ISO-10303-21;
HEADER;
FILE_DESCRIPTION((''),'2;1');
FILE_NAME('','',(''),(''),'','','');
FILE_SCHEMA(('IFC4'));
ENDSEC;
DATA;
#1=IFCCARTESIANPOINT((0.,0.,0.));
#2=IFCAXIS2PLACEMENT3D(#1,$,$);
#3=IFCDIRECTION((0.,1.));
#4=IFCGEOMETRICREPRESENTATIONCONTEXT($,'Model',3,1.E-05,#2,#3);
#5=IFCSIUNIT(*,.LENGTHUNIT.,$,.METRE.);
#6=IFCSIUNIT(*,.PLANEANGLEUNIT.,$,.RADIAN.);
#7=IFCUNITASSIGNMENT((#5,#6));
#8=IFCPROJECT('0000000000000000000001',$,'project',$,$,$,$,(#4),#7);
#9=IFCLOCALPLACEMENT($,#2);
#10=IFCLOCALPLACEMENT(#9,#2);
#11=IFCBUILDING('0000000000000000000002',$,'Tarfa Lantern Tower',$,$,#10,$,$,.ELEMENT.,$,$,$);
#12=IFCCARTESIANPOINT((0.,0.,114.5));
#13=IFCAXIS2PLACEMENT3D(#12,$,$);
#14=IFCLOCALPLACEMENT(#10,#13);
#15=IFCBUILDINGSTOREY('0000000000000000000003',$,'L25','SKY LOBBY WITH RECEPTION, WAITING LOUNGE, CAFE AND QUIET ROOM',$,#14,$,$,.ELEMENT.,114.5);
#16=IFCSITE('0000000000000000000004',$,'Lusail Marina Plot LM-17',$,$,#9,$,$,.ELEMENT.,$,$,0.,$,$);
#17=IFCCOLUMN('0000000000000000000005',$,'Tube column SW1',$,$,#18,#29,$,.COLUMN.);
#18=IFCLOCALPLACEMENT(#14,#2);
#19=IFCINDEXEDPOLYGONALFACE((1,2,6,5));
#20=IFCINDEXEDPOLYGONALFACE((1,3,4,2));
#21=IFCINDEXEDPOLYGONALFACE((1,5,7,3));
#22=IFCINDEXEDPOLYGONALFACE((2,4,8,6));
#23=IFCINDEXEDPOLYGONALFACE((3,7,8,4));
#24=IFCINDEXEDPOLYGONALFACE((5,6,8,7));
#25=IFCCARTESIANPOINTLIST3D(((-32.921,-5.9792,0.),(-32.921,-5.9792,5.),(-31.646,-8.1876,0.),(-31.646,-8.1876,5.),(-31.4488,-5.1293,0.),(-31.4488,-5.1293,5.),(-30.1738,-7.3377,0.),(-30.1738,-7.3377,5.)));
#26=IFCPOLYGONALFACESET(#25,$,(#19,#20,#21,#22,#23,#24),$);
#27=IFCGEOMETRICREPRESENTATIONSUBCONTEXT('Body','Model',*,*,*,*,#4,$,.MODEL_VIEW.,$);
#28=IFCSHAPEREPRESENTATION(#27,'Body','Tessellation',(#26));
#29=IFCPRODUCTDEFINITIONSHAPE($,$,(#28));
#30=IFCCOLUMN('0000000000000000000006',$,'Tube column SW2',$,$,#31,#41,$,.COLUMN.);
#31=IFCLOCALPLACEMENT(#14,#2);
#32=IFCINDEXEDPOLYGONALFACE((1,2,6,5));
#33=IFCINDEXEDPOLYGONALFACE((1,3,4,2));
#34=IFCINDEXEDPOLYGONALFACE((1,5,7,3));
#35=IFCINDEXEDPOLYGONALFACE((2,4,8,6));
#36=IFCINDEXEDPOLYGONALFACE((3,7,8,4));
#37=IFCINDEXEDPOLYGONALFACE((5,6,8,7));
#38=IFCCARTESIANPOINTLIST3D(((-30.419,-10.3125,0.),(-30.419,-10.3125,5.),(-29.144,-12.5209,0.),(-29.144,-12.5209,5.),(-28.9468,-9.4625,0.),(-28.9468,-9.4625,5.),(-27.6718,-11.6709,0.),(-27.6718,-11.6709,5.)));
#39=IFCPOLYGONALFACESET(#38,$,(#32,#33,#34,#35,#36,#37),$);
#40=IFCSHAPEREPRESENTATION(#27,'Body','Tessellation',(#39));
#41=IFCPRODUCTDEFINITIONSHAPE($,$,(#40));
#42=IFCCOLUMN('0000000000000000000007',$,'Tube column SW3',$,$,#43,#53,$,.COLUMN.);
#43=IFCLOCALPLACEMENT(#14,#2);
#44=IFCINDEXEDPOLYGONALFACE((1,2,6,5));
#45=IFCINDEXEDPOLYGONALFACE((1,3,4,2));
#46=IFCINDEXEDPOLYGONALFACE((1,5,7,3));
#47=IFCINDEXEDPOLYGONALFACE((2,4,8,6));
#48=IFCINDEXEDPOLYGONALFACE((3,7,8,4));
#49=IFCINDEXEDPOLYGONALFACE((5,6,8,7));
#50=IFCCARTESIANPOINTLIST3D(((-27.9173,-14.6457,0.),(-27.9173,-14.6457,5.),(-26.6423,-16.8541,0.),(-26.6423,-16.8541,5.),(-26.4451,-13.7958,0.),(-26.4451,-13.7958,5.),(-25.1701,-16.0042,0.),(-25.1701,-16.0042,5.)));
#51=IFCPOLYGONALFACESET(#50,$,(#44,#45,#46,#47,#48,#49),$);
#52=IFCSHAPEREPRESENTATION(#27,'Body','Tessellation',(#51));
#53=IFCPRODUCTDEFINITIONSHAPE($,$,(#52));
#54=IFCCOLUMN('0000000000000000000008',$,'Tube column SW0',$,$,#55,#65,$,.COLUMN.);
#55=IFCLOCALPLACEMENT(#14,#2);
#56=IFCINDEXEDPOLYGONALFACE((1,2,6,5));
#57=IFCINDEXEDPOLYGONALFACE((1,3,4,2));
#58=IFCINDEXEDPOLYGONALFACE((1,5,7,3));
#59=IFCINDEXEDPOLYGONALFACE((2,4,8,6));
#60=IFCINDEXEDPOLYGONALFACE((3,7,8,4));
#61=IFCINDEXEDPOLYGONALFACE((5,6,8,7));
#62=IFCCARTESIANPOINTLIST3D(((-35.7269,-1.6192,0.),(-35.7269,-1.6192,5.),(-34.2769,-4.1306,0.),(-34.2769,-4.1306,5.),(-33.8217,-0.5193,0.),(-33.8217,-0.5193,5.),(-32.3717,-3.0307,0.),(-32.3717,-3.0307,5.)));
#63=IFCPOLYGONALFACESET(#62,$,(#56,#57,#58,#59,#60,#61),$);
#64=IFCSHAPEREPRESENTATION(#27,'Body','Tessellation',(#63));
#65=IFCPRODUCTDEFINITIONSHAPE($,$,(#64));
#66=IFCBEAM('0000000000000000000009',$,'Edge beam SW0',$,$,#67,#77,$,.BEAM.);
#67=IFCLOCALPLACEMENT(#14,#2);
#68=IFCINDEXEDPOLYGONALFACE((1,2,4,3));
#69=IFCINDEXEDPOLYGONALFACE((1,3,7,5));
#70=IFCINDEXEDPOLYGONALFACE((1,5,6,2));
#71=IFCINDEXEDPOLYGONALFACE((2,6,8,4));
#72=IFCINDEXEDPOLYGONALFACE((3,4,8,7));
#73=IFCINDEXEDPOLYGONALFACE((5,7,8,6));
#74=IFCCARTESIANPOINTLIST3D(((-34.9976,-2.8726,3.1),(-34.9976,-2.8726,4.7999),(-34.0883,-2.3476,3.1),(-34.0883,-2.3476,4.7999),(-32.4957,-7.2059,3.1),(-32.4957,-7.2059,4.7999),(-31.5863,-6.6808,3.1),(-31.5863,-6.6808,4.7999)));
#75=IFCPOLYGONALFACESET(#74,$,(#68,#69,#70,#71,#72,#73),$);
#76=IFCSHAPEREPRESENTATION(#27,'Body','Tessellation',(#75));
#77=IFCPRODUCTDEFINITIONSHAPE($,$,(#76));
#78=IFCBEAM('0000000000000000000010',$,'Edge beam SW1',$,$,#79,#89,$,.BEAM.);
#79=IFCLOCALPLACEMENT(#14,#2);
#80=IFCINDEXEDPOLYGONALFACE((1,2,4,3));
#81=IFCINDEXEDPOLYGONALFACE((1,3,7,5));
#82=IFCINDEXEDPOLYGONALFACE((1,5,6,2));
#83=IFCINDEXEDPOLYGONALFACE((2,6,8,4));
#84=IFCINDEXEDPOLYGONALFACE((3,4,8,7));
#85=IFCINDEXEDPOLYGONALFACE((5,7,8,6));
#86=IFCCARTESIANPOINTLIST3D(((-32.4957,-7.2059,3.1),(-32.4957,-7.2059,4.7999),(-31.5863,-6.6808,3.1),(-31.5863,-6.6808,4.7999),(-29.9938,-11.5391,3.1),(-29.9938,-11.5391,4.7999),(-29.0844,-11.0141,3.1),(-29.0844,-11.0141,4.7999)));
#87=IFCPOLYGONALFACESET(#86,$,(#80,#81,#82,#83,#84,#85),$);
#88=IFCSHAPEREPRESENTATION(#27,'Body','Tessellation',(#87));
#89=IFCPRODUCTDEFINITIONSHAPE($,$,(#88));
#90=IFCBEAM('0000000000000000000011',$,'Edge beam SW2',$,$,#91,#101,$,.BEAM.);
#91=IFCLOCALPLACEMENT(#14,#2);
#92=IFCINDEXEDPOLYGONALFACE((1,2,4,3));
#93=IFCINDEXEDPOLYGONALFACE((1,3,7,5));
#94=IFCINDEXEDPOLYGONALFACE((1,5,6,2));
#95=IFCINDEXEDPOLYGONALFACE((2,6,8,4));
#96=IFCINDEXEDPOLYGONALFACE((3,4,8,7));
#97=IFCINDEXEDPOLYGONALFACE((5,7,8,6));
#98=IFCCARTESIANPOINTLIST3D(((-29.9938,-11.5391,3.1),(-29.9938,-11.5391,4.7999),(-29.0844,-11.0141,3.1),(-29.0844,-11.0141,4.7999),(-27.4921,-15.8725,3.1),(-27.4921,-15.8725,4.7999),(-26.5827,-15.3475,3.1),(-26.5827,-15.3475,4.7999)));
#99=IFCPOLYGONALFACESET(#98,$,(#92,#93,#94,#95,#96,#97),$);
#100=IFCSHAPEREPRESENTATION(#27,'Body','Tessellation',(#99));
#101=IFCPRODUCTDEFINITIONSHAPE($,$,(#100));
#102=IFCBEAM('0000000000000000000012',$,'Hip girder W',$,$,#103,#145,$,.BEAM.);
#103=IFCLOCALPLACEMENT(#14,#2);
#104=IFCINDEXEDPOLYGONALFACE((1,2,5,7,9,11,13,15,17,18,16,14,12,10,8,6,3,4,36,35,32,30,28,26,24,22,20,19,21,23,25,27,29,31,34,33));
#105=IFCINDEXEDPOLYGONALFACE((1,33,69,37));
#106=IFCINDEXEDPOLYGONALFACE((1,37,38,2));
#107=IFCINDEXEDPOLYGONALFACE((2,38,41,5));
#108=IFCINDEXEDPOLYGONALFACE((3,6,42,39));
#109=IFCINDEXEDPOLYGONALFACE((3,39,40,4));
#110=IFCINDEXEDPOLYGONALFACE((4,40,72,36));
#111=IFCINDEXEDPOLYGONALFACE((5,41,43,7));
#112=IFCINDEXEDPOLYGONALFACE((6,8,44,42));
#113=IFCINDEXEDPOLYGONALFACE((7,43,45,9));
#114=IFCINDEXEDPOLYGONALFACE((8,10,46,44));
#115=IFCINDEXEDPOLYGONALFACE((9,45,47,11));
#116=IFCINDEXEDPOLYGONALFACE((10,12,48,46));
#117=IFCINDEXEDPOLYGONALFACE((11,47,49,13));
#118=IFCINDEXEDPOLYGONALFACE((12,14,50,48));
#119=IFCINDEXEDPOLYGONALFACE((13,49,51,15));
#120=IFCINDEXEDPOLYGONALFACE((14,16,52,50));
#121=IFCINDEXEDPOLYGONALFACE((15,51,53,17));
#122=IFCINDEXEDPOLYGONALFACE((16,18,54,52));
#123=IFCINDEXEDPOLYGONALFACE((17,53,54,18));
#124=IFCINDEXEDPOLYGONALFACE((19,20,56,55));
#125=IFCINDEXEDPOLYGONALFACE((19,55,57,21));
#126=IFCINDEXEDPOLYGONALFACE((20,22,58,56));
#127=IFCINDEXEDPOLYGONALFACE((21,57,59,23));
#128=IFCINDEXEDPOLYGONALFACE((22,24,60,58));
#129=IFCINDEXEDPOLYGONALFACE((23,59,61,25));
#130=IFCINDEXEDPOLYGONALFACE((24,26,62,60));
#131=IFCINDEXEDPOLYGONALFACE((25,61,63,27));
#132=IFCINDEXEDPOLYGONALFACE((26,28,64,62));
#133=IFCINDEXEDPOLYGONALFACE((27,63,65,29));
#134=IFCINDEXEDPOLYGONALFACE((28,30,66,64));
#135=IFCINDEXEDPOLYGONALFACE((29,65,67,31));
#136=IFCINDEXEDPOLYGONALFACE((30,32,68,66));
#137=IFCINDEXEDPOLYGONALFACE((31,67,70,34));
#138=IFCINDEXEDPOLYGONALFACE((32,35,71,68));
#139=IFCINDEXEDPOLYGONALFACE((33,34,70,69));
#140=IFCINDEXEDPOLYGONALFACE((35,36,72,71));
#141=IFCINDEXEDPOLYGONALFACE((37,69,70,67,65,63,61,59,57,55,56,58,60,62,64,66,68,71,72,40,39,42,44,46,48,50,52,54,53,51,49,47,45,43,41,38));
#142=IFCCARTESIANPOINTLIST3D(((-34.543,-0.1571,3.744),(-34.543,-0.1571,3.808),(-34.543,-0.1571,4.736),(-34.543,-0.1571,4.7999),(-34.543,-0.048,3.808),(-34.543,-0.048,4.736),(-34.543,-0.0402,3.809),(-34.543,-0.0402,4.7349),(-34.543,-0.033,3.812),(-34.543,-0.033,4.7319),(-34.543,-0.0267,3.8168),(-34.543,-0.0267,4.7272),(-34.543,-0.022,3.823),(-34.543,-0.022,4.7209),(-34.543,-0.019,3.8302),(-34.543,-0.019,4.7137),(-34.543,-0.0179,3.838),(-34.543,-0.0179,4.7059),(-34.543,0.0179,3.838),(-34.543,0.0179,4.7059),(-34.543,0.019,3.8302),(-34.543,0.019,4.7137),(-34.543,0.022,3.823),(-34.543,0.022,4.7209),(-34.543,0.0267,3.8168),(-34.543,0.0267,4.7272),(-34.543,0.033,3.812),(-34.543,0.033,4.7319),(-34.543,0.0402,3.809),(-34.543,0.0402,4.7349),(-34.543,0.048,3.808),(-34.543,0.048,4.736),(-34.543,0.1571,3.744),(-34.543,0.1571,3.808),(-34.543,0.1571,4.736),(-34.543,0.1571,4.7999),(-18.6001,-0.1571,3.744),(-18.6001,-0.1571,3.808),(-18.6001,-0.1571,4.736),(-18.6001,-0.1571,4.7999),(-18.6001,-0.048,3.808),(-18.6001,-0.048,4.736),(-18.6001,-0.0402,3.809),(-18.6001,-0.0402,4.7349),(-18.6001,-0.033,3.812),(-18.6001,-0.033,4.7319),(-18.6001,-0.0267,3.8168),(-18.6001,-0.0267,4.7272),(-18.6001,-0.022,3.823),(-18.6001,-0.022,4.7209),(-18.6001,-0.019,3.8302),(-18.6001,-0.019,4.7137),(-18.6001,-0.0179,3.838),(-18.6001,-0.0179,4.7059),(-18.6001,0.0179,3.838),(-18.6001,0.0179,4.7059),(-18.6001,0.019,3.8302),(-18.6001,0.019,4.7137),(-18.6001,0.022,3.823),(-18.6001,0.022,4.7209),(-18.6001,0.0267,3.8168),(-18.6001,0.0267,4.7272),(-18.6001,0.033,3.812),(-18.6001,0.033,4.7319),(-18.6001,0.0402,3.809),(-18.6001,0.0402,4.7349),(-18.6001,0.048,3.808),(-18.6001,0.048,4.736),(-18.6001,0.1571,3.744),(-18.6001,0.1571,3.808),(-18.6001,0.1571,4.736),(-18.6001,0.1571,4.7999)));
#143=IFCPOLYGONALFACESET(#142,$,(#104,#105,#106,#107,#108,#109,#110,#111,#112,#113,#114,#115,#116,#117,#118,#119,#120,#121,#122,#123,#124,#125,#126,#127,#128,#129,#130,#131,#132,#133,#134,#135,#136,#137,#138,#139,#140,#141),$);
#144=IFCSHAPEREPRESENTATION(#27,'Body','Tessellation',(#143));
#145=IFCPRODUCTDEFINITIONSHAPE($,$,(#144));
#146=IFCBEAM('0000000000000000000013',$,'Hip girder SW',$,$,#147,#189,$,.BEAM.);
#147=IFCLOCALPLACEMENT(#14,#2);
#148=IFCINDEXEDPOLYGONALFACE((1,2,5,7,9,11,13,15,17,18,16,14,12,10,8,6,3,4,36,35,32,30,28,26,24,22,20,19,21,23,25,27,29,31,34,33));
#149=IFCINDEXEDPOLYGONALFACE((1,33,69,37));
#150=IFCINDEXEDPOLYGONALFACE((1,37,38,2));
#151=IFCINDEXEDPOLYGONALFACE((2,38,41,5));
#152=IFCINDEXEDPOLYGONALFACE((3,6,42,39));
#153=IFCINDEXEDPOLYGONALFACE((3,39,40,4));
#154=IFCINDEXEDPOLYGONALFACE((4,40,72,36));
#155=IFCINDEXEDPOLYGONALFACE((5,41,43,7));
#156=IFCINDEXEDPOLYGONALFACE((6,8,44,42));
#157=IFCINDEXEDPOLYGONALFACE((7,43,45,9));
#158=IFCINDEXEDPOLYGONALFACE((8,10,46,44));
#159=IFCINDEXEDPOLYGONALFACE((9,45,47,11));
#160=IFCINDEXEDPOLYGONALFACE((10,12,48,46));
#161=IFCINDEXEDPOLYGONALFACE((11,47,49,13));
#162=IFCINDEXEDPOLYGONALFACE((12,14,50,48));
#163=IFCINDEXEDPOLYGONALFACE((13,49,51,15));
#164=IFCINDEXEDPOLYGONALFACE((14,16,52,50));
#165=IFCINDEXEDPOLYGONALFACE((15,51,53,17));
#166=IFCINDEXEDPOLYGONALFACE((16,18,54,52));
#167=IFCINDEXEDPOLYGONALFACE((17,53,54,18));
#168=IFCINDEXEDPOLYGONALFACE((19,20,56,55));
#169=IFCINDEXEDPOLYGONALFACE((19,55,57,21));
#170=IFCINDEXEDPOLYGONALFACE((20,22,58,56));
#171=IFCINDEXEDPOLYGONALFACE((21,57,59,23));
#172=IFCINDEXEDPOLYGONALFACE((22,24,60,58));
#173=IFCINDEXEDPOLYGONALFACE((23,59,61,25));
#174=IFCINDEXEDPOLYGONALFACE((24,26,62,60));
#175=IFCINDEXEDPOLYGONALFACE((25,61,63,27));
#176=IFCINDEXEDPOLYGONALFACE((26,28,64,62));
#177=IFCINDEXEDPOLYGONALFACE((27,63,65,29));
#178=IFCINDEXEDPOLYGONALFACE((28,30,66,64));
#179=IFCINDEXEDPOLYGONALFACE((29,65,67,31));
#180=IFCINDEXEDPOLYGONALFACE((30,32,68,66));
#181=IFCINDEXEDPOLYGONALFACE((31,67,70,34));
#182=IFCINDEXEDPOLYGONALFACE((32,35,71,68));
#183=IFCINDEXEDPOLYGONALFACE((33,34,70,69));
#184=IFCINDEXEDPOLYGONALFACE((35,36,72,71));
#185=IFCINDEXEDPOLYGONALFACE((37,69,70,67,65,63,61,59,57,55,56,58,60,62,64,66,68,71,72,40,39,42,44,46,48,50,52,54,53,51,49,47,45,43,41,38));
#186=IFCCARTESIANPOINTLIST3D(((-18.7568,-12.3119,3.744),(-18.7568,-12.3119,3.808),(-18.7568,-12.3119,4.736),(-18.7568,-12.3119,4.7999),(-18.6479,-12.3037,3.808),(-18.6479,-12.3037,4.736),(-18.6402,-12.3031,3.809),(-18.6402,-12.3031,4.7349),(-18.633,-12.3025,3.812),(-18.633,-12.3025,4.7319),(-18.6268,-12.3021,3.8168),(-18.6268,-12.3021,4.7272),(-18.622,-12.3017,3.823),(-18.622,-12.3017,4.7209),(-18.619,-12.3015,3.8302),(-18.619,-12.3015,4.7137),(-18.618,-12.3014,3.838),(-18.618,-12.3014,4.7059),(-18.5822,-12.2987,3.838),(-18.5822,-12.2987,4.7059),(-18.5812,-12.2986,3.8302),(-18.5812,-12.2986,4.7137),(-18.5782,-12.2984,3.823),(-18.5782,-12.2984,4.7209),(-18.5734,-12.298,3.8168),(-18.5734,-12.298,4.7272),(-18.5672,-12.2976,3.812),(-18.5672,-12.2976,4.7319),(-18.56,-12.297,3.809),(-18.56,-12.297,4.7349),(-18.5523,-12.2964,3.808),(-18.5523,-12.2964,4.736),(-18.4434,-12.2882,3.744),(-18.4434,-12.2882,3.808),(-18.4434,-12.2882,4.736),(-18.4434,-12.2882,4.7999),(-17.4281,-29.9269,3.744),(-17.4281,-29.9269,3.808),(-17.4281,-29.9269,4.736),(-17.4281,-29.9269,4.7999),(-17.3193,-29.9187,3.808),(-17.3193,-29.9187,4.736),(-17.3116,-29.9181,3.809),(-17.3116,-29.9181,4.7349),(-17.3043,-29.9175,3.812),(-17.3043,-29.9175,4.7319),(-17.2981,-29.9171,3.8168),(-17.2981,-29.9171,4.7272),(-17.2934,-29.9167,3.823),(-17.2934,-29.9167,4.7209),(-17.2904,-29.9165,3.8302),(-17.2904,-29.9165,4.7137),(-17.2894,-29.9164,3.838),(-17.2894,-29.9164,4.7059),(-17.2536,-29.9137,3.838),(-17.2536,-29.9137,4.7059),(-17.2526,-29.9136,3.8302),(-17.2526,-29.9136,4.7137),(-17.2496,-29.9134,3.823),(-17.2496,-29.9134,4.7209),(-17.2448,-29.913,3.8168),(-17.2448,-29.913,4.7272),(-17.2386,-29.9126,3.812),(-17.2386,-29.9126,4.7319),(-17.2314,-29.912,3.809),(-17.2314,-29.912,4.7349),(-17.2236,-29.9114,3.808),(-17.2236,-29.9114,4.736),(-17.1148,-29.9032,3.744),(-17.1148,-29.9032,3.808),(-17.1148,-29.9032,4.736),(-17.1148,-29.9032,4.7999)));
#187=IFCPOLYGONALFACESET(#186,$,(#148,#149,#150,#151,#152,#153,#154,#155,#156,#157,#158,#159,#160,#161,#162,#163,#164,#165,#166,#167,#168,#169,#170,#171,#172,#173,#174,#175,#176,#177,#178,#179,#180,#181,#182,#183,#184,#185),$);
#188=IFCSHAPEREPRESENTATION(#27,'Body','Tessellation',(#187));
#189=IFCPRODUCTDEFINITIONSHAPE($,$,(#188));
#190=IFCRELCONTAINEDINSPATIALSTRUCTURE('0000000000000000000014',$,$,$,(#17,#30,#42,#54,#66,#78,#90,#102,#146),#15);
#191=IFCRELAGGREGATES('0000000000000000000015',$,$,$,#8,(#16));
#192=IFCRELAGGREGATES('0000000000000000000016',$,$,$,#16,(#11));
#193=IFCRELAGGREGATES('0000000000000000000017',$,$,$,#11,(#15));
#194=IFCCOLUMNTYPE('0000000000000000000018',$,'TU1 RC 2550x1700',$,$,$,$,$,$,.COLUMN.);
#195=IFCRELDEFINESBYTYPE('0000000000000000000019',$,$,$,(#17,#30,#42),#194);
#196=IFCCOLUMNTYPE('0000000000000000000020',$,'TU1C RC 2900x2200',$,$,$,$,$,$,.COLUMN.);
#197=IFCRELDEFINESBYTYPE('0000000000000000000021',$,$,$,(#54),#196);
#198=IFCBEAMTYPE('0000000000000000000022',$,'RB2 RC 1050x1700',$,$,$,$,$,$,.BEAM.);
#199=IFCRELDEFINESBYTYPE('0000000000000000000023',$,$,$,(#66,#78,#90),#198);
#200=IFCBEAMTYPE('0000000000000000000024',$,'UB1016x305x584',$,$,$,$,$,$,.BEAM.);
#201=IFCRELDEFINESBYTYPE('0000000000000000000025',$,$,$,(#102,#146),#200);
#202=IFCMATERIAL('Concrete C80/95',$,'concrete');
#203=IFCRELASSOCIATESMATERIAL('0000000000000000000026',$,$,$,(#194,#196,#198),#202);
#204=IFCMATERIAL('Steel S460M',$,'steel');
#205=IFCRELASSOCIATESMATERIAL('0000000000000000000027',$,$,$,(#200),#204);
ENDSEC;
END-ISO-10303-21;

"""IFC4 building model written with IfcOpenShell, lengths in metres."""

from ifc_helpers import new_model, si_unit, direction, frame, origin, origin_2d, place, context, subcontext, project, spatial, rectangle, i_section, extrude, material, material_profile, profile_set, type_object, element, save


model = new_model("IFC4")

# Units and contexts
model_context = context("Model", 3, precision=1e-05, world=origin(), true_north=direction((0.0, 1.0)))
body_context = subcontext(model_context, "Body", "Model", "MODEL_VIEW")
ifc_project = project(units=[si_unit("LENGTHUNIT", "METRE"), si_unit("PLANEANGLEUNIT", "RADIAN")], contexts=[model_context])

# Site, building, storey
site_placement = place(None, origin())
site = spatial("IfcSite", under=ifc_project, at=site_placement, Name="Lusail Marina Plot LM-17", CompositionType="ELEMENT", RefElevation=0.0)
building_placement = place(site_placement, origin())
building = spatial("IfcBuilding", under=site, at=building_placement, Name="Tarfa Lantern Tower", CompositionType="ELEMENT")
storey_placement = place(building_placement, frame((0.0, 0.0, 114.5)))
storey = spatial("IfcBuildingStorey", under=building, at=storey_placement, Name="L25", Description="SKY LOBBY WITH RECEPTION, WAITING LOUNGE, CAFE AND QUIET ROOM", CompositionType="ELEMENT", Elevation=114.5)

# Columns
ifc_material_1 = material(Name="Concrete C80/95", Category="concrete")
ifc_material_profile_1 = material_profile(ifc_material_1, rectangle(XDim=2.55, YDim=1.7, at=origin_2d()), Name="RC 2550x1700")
ifc_profile_set_1 = profile_set([ifc_material_profile_1], Name="Concrete C80/95")
column_type_1 = type_object("IfcColumnType", Name="TU1 RC 2550x1700", PredefinedType="COLUMN", material=ifc_profile_set_1)
for number, where, z_axis, x_axis, name in (
    (1, (-31.5474, -6.6584, 0.0), (0.0, 0.0, 1.0), (0.5, -0.866025, 0.0), "Tube column SW1"),
    (2, (-29.0454, -10.9917, 0.0), (0.0, 0.0, 1.0), (0.5, -0.866025, 0.0), "Tube column SW2"),
    (3, (-26.5437, -15.325, 0.0), (0.0, 0.0, 1.0), (0.5, -0.866025, 0.0), "Tube column SW3"),
):
    element("IfcColumn", number, at=place(storey_placement, frame(where, z_axis=z_axis, x_axis=x_axis)), inside=storey, type_object=column_type_1, Name=name, PredefinedType="COLUMN", context=body_context, shape_type="SweptSolid", body=[
        extrude(rectangle(XDim=2.55, YDim=1.7, at=origin_2d()), origin(), (0.0, 0.0, 1.0), 5.0),
    ])
ifc_material_profile_2 = material_profile(ifc_material_1, rectangle(XDim=2.8999, YDim=2.2, at=origin_2d()), Name="RC 2900x2200")
ifc_profile_set_2 = profile_set([ifc_material_profile_2], Name="Concrete C80/95")
column_type_2 = type_object("IfcColumnType", Name="TU1C RC 2900x2200", PredefinedType="COLUMN", material=ifc_profile_set_2)
column_placement = place(storey_placement, frame((-34.0493, -2.325, 0.0), z_axis=(0.0, 0.0, 1.0), x_axis=(0.5, -0.866025, 0.0)))
element("IfcColumn", 4, at=column_placement, inside=storey, type_object=column_type_2, Name="Tube column SW0", PredefinedType="COLUMN", context=body_context, shape_type="SweptSolid", body=[
    extrude(rectangle(XDim=2.8999, YDim=2.2, at=origin_2d()), origin(), (0.0, 0.0, 1.0), 5.0),
])

# Beams
ifc_material_profile_3 = material_profile(ifc_material_1, rectangle(XDim=1.05, YDim=1.7, at=origin_2d()), Name="RC 1050x1700")
ifc_profile_set_3 = profile_set([ifc_material_profile_3], Name="Concrete C80/95")
beam_type_1 = type_object("IfcBeamType", Name="RB2 RC 1050x1700", PredefinedType="BEAM", material=ifc_profile_set_3)
for number, where, z_axis, x_axis, name in (
    (5, (-34.543, -2.6101, 3.95), (0.500022, -0.866013, 0.0), (0.866013, 0.500022, 0.0), "Edge beam SW0"),
    (6, (-32.041, -6.9434, 3.95), (0.500022, -0.866013, 0.0), (0.866013, 0.500022, 0.0), "Edge beam SW1"),
    (7, (-29.5391, -11.2766, 3.95), (0.499965, -0.866046, 0.0), (0.866046, 0.499965, 0.0), "Edge beam SW2"),
):
    element("IfcBeam", number, at=place(storey_placement, frame(where, z_axis=z_axis, x_axis=x_axis)), inside=storey, type_object=beam_type_1, Name=name, PredefinedType="BEAM", context=body_context, shape_type="SweptSolid", body=[
        extrude(rectangle(XDim=1.05, YDim=1.7, at=origin_2d()), origin(), (0.0, 0.0, 1.0), 5.0037),
    ])
ifc_material_2 = material(Name="Steel S460M", Category="steel")
ifc_material_profile_4 = material_profile(ifc_material_2, i_section(OverallWidth=0.3142, OverallDepth=1.0559, WebThickness=0.0359, FlangeThickness=0.064, FilletRadius=0.03, at=origin_2d()), Name="UB1016x305x584")
ifc_profile_set_4 = profile_set([ifc_material_profile_4], Name="Steel S460M")
beam_type_2 = type_object("IfcBeamType", Name="UB1016x305x584", PredefinedType="BEAM", material=ifc_profile_set_4)
beam_1_placement = place(storey_placement, frame((-18.6001, 0.0, 4.272), z_axis=(-1.0, 0.0, 0.0), x_axis=(0.0, -1.0, 0.0)))
element("IfcBeam", 8, at=beam_1_placement, inside=storey, type_object=beam_type_2, Name="Hip girder W", PredefinedType="BEAM", context=body_context, shape_type="SweptSolid", body=[
    extrude(i_section(OverallWidth=0.3142, OverallDepth=1.0559, WebThickness=0.0359, FlangeThickness=0.064, FilletRadius=0.03, at=origin_2d()), origin(), (0.0, 0.0, 1.0), 15.9429),
])
beam_2_placement = place(storey_placement, frame((-18.6001, -12.3, 4.272), z_axis=(0.075212, -0.997168, 0.0), x_axis=(0.997168, 0.075212, 0.0)))
element("IfcBeam", 9, at=beam_2_placement, inside=storey, type_object=beam_type_2, Name="Hip girder SW", PredefinedType="BEAM", context=body_context, shape_type="SweptSolid", body=[
    extrude(i_section(OverallWidth=0.3142, OverallDepth=1.0559, WebThickness=0.0359, FlangeThickness=0.064, FilletRadius=0.03, at=origin_2d()), origin(), (0.0, 0.0, 1.0), 17.665),
])

save(model, "model.ifc")
